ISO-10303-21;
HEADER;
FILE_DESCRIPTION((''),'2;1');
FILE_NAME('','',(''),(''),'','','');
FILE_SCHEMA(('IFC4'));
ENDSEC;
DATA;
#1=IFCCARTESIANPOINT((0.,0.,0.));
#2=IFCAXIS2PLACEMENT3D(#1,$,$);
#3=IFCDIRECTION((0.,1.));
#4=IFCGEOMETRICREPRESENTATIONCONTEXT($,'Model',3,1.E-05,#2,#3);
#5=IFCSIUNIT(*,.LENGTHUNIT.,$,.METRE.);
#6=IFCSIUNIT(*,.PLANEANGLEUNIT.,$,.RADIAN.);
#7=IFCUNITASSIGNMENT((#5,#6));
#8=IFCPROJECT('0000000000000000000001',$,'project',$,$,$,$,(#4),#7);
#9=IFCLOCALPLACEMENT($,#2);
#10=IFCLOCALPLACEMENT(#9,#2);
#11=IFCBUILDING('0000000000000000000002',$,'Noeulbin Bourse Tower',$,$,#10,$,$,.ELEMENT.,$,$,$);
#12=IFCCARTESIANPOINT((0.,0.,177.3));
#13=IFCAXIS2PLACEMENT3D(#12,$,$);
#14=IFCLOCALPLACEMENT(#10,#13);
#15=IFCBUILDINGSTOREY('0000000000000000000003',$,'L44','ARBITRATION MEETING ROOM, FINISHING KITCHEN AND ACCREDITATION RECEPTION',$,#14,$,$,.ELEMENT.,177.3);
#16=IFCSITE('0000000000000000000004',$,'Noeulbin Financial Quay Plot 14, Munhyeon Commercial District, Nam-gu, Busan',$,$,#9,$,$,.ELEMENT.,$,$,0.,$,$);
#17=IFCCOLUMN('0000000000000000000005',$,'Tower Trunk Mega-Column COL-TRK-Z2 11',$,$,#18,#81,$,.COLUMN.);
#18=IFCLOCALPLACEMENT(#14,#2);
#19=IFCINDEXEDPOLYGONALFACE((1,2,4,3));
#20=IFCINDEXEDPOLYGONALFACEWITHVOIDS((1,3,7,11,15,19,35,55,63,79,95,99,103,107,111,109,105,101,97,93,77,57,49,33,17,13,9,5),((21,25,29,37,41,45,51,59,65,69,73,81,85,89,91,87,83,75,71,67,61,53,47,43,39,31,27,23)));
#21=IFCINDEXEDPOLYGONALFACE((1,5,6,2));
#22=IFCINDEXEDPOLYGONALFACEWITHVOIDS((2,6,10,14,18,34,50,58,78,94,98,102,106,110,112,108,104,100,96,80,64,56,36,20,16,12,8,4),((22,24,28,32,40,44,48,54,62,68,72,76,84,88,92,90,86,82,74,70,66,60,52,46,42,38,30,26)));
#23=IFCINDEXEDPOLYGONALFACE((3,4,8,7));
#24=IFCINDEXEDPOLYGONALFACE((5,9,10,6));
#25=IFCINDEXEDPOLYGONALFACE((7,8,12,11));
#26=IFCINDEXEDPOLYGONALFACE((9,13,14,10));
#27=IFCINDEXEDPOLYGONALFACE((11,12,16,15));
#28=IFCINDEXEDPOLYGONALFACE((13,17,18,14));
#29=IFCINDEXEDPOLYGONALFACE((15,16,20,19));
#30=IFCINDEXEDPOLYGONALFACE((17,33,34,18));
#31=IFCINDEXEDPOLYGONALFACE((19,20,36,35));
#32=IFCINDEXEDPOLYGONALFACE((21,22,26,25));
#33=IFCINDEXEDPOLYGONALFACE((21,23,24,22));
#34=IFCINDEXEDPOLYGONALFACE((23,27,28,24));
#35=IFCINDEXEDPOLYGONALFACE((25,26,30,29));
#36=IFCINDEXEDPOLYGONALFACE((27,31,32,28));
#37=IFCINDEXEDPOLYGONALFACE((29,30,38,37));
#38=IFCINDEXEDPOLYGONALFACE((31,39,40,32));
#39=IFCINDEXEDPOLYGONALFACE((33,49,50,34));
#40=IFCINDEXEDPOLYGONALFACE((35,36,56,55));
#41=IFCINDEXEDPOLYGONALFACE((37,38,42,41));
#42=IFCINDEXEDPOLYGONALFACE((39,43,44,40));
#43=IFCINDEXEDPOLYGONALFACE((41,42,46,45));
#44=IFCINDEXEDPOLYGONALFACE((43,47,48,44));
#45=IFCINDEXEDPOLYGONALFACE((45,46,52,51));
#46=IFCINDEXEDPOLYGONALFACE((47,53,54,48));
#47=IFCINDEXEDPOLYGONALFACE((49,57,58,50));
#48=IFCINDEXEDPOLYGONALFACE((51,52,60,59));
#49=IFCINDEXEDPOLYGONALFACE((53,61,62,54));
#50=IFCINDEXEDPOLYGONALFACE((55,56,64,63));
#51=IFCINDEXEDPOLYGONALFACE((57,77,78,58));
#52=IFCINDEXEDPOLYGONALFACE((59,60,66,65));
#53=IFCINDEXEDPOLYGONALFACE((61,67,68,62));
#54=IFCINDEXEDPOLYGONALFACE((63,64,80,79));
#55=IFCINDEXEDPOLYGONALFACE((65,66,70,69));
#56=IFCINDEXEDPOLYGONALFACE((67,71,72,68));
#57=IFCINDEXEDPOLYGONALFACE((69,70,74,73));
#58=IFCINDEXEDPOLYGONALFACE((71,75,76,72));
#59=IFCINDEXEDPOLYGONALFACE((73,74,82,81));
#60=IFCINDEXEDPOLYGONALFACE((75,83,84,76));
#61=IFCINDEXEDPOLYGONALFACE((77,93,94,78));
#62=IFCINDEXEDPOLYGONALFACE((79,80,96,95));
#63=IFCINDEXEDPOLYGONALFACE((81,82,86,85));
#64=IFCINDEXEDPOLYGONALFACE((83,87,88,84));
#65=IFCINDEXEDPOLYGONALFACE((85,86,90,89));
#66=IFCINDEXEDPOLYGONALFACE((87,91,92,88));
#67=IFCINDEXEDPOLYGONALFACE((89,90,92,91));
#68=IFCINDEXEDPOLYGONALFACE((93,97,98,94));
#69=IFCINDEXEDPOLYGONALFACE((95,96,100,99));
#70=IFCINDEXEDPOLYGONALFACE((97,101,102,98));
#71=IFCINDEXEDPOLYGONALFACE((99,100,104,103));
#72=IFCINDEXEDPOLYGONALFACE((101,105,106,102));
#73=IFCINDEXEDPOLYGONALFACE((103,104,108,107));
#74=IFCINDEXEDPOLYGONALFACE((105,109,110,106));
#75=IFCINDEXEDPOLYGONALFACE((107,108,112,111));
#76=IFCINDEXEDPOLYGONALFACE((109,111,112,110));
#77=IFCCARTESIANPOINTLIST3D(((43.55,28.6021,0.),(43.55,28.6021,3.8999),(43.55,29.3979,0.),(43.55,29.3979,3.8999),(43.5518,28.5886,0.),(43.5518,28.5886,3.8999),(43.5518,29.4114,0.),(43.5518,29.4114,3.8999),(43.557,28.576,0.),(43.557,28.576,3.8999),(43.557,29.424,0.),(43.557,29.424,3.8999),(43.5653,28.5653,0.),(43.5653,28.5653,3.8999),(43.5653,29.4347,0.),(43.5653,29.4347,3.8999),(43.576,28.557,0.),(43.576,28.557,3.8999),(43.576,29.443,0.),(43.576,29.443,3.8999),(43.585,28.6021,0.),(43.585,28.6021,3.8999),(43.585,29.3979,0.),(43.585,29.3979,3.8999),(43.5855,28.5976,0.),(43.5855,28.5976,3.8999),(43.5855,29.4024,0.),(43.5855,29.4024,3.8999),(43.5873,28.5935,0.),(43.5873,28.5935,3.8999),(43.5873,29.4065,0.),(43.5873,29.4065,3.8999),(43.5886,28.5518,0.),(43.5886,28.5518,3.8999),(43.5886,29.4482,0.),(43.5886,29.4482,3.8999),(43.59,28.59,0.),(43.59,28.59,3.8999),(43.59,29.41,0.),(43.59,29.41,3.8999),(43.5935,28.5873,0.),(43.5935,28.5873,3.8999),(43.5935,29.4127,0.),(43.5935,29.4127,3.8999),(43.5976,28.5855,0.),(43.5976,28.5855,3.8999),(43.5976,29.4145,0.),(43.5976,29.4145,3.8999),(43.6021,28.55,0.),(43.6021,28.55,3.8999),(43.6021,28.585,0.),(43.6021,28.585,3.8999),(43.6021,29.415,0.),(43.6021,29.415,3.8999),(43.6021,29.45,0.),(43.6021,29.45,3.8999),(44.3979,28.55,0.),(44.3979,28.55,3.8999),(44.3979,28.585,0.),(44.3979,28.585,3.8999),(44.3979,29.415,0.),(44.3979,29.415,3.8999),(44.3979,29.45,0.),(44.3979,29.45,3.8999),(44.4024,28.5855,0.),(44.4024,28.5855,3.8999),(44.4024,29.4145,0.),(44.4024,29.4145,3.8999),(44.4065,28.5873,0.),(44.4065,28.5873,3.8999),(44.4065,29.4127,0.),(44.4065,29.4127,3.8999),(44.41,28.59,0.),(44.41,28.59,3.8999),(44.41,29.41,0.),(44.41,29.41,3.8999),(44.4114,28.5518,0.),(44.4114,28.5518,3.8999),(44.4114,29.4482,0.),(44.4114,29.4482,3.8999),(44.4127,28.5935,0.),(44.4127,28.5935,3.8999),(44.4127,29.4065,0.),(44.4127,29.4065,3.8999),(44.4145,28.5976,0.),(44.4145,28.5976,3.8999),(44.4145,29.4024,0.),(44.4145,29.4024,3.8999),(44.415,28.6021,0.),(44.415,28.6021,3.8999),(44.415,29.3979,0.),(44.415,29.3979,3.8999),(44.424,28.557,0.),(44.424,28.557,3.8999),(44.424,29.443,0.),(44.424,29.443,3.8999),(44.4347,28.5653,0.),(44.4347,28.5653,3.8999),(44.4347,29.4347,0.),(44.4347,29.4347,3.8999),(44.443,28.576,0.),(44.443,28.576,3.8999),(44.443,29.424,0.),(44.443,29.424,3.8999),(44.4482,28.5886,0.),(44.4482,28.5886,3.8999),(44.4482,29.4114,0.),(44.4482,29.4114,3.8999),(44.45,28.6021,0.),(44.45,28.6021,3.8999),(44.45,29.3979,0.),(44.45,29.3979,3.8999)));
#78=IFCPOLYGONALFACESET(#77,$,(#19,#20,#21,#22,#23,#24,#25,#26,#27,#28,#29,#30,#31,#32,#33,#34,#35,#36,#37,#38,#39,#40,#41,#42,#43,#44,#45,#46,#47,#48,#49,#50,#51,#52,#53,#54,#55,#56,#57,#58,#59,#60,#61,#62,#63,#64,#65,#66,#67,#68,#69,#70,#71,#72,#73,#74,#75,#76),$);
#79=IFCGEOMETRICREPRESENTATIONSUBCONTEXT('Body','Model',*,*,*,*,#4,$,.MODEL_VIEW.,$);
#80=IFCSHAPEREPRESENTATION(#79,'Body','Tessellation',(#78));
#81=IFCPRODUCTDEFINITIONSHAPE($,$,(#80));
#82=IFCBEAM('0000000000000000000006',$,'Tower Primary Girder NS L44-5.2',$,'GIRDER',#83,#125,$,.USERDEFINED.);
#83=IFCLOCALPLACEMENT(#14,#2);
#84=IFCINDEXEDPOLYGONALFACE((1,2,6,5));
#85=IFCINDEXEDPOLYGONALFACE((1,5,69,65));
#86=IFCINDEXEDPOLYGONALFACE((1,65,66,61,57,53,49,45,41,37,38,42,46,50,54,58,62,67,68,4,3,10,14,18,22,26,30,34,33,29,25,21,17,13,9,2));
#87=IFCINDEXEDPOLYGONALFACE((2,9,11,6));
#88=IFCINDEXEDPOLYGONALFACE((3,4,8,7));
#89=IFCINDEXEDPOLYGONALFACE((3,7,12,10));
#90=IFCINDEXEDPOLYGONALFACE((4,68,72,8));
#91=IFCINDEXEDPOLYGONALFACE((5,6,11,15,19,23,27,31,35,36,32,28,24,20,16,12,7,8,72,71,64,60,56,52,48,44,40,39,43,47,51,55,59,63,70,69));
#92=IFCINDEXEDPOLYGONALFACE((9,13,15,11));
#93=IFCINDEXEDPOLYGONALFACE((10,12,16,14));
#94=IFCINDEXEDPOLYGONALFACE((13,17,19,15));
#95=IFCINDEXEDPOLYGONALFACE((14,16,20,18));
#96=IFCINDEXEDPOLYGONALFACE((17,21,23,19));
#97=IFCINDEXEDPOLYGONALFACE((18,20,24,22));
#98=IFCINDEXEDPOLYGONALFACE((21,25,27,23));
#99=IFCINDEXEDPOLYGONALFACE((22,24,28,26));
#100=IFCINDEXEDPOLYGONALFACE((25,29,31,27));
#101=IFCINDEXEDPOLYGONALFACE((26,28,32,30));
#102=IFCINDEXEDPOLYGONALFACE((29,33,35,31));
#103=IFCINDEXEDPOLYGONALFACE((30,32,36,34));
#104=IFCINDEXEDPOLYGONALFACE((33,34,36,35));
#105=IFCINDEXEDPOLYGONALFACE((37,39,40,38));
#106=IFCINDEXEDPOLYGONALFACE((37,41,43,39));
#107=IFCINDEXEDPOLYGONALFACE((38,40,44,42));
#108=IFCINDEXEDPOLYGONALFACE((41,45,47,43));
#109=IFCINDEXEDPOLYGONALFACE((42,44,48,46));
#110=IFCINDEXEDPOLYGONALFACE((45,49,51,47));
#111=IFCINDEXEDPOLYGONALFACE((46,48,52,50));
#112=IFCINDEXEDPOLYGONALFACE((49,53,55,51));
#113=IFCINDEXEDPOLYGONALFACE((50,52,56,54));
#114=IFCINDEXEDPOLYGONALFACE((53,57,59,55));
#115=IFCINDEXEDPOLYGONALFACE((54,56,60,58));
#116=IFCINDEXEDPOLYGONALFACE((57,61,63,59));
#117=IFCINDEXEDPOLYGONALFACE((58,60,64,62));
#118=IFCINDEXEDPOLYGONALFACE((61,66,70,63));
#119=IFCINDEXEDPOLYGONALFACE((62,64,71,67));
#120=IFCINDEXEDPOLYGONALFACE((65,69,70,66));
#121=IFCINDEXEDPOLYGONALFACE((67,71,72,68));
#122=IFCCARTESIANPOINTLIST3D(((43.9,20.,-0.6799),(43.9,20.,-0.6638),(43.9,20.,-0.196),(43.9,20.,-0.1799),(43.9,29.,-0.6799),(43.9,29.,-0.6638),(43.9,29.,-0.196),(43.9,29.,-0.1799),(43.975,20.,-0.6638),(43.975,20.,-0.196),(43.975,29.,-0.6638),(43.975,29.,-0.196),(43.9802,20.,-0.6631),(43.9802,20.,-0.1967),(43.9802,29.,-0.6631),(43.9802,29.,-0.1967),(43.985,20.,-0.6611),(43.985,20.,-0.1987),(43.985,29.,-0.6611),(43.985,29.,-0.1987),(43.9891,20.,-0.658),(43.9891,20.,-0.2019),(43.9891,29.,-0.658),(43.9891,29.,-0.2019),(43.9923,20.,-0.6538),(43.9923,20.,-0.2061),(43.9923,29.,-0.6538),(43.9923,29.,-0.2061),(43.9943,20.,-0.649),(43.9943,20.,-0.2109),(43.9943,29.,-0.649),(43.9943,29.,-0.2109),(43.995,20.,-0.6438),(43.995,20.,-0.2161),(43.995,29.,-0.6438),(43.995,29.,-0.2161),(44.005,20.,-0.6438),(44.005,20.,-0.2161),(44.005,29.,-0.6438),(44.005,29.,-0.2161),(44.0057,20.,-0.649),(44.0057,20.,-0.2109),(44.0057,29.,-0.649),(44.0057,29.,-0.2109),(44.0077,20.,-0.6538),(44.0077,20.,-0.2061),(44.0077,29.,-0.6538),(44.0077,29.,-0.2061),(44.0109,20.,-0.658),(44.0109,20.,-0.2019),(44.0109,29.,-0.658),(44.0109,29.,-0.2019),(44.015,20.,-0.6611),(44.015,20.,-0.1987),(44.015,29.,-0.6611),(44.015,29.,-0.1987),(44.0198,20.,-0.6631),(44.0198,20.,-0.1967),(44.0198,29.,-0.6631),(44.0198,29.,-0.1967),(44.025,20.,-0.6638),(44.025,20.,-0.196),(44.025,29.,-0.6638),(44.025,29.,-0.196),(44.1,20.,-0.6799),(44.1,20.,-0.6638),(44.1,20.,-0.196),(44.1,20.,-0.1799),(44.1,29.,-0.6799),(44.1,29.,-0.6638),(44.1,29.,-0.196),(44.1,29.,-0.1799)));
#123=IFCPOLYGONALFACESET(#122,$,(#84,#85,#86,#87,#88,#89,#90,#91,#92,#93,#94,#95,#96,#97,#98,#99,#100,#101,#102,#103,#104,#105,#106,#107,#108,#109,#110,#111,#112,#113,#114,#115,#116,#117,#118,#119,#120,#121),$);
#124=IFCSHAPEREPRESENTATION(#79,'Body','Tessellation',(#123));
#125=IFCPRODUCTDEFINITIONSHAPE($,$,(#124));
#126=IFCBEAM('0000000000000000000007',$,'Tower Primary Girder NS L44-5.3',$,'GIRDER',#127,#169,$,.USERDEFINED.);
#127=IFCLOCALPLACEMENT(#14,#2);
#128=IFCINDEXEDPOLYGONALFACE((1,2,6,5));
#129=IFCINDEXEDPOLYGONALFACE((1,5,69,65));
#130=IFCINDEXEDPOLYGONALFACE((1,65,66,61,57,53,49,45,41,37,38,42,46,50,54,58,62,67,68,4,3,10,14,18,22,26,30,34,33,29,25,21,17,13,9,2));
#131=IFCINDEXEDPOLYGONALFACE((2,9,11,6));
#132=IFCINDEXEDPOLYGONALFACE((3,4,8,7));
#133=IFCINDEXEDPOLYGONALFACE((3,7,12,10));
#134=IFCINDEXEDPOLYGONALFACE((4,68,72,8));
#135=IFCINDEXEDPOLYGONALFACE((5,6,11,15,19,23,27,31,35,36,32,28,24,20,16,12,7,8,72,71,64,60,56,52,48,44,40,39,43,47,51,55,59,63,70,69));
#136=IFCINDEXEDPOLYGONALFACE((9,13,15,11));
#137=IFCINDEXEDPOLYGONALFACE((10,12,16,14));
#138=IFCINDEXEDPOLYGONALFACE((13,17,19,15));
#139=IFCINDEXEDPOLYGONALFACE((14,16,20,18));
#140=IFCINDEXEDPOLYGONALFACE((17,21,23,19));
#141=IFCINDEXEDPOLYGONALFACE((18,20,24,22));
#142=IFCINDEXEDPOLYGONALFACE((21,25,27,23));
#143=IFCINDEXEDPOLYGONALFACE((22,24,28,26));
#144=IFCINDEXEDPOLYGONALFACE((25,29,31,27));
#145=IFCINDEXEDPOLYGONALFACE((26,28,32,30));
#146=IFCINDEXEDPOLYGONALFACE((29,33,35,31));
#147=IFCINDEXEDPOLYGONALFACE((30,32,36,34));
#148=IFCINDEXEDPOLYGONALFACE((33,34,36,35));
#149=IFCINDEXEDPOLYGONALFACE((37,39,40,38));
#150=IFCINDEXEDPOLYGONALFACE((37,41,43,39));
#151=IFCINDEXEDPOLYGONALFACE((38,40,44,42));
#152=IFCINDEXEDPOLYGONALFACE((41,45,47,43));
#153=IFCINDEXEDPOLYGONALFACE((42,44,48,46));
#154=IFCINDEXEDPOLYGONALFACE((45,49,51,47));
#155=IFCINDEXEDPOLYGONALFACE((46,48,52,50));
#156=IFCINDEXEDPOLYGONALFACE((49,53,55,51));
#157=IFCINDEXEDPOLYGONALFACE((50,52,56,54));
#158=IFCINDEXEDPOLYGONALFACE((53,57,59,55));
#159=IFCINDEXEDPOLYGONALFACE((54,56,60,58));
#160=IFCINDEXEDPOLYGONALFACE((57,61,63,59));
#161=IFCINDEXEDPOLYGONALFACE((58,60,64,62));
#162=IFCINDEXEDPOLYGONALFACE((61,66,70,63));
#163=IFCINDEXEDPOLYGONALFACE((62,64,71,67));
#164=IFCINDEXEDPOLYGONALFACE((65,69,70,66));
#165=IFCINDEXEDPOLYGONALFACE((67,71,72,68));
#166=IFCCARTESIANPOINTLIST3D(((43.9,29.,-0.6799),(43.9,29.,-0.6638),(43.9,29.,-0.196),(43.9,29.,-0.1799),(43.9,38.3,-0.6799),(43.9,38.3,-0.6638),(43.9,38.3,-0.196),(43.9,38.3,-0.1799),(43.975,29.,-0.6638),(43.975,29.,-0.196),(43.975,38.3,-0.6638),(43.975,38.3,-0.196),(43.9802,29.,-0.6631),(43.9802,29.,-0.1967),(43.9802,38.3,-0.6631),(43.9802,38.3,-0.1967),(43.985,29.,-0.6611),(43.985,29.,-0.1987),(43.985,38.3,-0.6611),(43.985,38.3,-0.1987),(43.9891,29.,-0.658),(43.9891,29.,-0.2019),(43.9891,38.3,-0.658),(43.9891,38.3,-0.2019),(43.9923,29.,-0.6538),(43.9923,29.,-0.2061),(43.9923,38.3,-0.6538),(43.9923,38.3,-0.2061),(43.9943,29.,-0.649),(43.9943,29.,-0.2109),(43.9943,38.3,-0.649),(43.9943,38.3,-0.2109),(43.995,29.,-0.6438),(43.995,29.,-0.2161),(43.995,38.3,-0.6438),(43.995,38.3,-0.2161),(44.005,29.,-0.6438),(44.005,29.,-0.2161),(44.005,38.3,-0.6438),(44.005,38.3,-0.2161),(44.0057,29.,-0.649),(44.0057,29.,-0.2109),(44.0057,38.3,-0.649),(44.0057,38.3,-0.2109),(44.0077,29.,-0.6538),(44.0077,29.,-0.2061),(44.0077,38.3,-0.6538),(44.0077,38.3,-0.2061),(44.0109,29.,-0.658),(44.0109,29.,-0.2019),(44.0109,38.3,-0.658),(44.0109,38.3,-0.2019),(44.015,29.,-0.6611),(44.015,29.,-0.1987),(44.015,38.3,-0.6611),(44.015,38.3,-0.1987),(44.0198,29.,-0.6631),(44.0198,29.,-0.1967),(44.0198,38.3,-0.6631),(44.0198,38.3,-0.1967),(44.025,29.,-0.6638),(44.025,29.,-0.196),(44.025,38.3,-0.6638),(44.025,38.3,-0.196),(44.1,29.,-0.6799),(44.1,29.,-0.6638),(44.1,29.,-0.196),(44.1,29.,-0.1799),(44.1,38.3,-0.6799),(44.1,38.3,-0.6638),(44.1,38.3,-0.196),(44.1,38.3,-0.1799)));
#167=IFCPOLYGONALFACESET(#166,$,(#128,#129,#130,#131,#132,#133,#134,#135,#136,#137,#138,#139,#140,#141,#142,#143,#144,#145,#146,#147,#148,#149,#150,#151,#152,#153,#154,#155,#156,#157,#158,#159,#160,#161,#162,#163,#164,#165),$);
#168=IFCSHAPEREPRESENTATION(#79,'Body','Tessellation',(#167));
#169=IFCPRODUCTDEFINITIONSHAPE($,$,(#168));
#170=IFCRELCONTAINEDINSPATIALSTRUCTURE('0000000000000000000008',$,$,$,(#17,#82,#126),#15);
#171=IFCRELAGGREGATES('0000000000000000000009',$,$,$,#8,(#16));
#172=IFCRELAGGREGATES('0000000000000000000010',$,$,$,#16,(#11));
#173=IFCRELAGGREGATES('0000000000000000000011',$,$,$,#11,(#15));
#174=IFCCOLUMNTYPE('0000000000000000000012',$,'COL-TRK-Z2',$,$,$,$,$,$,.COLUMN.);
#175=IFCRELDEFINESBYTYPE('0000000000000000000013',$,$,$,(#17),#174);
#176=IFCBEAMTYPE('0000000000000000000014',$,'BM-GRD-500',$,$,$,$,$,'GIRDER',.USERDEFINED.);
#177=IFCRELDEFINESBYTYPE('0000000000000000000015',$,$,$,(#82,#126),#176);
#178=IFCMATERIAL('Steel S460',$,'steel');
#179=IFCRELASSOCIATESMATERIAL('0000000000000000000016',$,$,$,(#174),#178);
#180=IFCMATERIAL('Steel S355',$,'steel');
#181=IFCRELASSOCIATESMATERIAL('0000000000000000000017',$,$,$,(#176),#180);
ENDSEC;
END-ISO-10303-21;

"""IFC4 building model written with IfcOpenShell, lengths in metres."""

from ifc_helpers import new_model, si_unit, direction, frame, origin, origin_2d, place, context, subcontext, project, spatial, hollow_rectangle, i_section, extrude, material, material_profile, profile_set, type_object, element, save


model = new_model("IFC4")

# Units and contexts
model_context = context("Model", 3, precision=1e-05, world=origin(), true_north=direction((0.0, 1.0)))
body_context = subcontext(model_context, "Body", "Model", "MODEL_VIEW")
ifc_project = project(units=[si_unit("LENGTHUNIT", "METRE"), si_unit("PLANEANGLEUNIT", "RADIAN")], contexts=[model_context])

# Site, building, storey
site_placement = place(None, origin())
site = spatial("IfcSite", under=ifc_project, at=site_placement, Name="Noeulbin Financial Quay Plot 14, Munhyeon Commercial District, Nam-gu, Busan", CompositionType="ELEMENT", RefElevation=0.0)
building_placement = place(site_placement, origin())
building = spatial("IfcBuilding", under=site, at=building_placement, Name="Noeulbin Bourse Tower", CompositionType="ELEMENT")
storey_placement = place(building_placement, frame((0.0, 0.0, 177.3)))
storey = spatial("IfcBuildingStorey", under=building, at=storey_placement, Name="L44", Description="ARBITRATION MEETING ROOM, FINISHING KITCHEN AND ACCREDITATION RECEPTION", CompositionType="ELEMENT", Elevation=177.3)

# Column
ifc_material_1 = material(Name="Steel S355", Category="steel")
ifc_material_2 = material(Name="Steel S460", Category="steel")
ifc_material_profile_1 = material_profile(ifc_material_2, hollow_rectangle(XDim=0.8999, YDim=0.8999, WallThickness=0.0349, InnerFilletRadius=0.0171, OuterFilletRadius=0.052, at=origin_2d()), Name="BOX-900x900x35", Category="LoadBearing")
ifc_profile_set_1 = profile_set([ifc_material_profile_1], Name="Steel S460")
column_type_1 = type_object("IfcColumnType", Name="COL-TRK-Z2", PredefinedType="COLUMN", material=ifc_profile_set_1)
column_placement = place(storey_placement, frame((44.0, 29.0, 0.0), z_axis=(0.0, 0.0, 1.0), x_axis=(1.0, 0.0, 0.0)))
element("IfcColumn", 1, at=column_placement, inside=storey, type_object=column_type_1, Name="Tower Trunk Mega-Column COL-TRK-Z2 11", PredefinedType="COLUMN", context=body_context, shape_type="SweptSolid", body=[
    extrude(hollow_rectangle(XDim=0.8999, YDim=0.8999, WallThickness=0.0349, InnerFilletRadius=0.0171, OuterFilletRadius=0.052, at=origin_2d()), origin(), (0.0, 0.0, 1.0), 3.8999),
])

# Beams
ifc_material_profile_2 = material_profile(ifc_material_1, i_section(OverallWidth=0.2, OverallDepth=0.5, WebThickness=0.01, FlangeThickness=0.0161, FilletRadius=0.02, at=origin_2d()), Name="H-500x200x10x16", Category="LoadBearing")
ifc_profile_set_2 = profile_set([ifc_material_profile_2], Name="Steel S355")
beam_type_1 = type_object("IfcBeamType", Name="BM-GRD-500", ElementType="GIRDER", PredefinedType="USERDEFINED", material=ifc_profile_set_2)
beam_1_placement = place(storey_placement, frame((44.0, 20.0, -0.4299), z_axis=(0.0, 1.0, 0.0), x_axis=(-1.0, 0.0, 0.0)))
element("IfcBeam", 2, at=beam_1_placement, inside=storey, type_object=beam_type_1, Name="Tower Primary Girder NS L44-5.2", ObjectType="GIRDER", PredefinedType="USERDEFINED", context=body_context, shape_type="SweptSolid", body=[
    extrude(i_section(OverallWidth=0.2, OverallDepth=0.5, WebThickness=0.01, FlangeThickness=0.0161, FilletRadius=0.02, at=origin_2d()), origin(), (0.0, 0.0, 1.0), 9.0),
])
beam_2_placement = place(storey_placement, frame((44.0, 29.0, -0.4299), z_axis=(0.0, 1.0, 0.0), x_axis=(-1.0, 0.0, 0.0)))
element("IfcBeam", 3, at=beam_2_placement, inside=storey, type_object=beam_type_1, Name="Tower Primary Girder NS L44-5.3", ObjectType="GIRDER", PredefinedType="USERDEFINED", context=body_context, shape_type="SweptSolid", body=[
    extrude(i_section(OverallWidth=0.2, OverallDepth=0.5, WebThickness=0.01, FlangeThickness=0.0161, FilletRadius=0.02, at=origin_2d()), origin(), (0.0, 0.0, 1.0), 9.3),
])

save(model, "model.ifc")
